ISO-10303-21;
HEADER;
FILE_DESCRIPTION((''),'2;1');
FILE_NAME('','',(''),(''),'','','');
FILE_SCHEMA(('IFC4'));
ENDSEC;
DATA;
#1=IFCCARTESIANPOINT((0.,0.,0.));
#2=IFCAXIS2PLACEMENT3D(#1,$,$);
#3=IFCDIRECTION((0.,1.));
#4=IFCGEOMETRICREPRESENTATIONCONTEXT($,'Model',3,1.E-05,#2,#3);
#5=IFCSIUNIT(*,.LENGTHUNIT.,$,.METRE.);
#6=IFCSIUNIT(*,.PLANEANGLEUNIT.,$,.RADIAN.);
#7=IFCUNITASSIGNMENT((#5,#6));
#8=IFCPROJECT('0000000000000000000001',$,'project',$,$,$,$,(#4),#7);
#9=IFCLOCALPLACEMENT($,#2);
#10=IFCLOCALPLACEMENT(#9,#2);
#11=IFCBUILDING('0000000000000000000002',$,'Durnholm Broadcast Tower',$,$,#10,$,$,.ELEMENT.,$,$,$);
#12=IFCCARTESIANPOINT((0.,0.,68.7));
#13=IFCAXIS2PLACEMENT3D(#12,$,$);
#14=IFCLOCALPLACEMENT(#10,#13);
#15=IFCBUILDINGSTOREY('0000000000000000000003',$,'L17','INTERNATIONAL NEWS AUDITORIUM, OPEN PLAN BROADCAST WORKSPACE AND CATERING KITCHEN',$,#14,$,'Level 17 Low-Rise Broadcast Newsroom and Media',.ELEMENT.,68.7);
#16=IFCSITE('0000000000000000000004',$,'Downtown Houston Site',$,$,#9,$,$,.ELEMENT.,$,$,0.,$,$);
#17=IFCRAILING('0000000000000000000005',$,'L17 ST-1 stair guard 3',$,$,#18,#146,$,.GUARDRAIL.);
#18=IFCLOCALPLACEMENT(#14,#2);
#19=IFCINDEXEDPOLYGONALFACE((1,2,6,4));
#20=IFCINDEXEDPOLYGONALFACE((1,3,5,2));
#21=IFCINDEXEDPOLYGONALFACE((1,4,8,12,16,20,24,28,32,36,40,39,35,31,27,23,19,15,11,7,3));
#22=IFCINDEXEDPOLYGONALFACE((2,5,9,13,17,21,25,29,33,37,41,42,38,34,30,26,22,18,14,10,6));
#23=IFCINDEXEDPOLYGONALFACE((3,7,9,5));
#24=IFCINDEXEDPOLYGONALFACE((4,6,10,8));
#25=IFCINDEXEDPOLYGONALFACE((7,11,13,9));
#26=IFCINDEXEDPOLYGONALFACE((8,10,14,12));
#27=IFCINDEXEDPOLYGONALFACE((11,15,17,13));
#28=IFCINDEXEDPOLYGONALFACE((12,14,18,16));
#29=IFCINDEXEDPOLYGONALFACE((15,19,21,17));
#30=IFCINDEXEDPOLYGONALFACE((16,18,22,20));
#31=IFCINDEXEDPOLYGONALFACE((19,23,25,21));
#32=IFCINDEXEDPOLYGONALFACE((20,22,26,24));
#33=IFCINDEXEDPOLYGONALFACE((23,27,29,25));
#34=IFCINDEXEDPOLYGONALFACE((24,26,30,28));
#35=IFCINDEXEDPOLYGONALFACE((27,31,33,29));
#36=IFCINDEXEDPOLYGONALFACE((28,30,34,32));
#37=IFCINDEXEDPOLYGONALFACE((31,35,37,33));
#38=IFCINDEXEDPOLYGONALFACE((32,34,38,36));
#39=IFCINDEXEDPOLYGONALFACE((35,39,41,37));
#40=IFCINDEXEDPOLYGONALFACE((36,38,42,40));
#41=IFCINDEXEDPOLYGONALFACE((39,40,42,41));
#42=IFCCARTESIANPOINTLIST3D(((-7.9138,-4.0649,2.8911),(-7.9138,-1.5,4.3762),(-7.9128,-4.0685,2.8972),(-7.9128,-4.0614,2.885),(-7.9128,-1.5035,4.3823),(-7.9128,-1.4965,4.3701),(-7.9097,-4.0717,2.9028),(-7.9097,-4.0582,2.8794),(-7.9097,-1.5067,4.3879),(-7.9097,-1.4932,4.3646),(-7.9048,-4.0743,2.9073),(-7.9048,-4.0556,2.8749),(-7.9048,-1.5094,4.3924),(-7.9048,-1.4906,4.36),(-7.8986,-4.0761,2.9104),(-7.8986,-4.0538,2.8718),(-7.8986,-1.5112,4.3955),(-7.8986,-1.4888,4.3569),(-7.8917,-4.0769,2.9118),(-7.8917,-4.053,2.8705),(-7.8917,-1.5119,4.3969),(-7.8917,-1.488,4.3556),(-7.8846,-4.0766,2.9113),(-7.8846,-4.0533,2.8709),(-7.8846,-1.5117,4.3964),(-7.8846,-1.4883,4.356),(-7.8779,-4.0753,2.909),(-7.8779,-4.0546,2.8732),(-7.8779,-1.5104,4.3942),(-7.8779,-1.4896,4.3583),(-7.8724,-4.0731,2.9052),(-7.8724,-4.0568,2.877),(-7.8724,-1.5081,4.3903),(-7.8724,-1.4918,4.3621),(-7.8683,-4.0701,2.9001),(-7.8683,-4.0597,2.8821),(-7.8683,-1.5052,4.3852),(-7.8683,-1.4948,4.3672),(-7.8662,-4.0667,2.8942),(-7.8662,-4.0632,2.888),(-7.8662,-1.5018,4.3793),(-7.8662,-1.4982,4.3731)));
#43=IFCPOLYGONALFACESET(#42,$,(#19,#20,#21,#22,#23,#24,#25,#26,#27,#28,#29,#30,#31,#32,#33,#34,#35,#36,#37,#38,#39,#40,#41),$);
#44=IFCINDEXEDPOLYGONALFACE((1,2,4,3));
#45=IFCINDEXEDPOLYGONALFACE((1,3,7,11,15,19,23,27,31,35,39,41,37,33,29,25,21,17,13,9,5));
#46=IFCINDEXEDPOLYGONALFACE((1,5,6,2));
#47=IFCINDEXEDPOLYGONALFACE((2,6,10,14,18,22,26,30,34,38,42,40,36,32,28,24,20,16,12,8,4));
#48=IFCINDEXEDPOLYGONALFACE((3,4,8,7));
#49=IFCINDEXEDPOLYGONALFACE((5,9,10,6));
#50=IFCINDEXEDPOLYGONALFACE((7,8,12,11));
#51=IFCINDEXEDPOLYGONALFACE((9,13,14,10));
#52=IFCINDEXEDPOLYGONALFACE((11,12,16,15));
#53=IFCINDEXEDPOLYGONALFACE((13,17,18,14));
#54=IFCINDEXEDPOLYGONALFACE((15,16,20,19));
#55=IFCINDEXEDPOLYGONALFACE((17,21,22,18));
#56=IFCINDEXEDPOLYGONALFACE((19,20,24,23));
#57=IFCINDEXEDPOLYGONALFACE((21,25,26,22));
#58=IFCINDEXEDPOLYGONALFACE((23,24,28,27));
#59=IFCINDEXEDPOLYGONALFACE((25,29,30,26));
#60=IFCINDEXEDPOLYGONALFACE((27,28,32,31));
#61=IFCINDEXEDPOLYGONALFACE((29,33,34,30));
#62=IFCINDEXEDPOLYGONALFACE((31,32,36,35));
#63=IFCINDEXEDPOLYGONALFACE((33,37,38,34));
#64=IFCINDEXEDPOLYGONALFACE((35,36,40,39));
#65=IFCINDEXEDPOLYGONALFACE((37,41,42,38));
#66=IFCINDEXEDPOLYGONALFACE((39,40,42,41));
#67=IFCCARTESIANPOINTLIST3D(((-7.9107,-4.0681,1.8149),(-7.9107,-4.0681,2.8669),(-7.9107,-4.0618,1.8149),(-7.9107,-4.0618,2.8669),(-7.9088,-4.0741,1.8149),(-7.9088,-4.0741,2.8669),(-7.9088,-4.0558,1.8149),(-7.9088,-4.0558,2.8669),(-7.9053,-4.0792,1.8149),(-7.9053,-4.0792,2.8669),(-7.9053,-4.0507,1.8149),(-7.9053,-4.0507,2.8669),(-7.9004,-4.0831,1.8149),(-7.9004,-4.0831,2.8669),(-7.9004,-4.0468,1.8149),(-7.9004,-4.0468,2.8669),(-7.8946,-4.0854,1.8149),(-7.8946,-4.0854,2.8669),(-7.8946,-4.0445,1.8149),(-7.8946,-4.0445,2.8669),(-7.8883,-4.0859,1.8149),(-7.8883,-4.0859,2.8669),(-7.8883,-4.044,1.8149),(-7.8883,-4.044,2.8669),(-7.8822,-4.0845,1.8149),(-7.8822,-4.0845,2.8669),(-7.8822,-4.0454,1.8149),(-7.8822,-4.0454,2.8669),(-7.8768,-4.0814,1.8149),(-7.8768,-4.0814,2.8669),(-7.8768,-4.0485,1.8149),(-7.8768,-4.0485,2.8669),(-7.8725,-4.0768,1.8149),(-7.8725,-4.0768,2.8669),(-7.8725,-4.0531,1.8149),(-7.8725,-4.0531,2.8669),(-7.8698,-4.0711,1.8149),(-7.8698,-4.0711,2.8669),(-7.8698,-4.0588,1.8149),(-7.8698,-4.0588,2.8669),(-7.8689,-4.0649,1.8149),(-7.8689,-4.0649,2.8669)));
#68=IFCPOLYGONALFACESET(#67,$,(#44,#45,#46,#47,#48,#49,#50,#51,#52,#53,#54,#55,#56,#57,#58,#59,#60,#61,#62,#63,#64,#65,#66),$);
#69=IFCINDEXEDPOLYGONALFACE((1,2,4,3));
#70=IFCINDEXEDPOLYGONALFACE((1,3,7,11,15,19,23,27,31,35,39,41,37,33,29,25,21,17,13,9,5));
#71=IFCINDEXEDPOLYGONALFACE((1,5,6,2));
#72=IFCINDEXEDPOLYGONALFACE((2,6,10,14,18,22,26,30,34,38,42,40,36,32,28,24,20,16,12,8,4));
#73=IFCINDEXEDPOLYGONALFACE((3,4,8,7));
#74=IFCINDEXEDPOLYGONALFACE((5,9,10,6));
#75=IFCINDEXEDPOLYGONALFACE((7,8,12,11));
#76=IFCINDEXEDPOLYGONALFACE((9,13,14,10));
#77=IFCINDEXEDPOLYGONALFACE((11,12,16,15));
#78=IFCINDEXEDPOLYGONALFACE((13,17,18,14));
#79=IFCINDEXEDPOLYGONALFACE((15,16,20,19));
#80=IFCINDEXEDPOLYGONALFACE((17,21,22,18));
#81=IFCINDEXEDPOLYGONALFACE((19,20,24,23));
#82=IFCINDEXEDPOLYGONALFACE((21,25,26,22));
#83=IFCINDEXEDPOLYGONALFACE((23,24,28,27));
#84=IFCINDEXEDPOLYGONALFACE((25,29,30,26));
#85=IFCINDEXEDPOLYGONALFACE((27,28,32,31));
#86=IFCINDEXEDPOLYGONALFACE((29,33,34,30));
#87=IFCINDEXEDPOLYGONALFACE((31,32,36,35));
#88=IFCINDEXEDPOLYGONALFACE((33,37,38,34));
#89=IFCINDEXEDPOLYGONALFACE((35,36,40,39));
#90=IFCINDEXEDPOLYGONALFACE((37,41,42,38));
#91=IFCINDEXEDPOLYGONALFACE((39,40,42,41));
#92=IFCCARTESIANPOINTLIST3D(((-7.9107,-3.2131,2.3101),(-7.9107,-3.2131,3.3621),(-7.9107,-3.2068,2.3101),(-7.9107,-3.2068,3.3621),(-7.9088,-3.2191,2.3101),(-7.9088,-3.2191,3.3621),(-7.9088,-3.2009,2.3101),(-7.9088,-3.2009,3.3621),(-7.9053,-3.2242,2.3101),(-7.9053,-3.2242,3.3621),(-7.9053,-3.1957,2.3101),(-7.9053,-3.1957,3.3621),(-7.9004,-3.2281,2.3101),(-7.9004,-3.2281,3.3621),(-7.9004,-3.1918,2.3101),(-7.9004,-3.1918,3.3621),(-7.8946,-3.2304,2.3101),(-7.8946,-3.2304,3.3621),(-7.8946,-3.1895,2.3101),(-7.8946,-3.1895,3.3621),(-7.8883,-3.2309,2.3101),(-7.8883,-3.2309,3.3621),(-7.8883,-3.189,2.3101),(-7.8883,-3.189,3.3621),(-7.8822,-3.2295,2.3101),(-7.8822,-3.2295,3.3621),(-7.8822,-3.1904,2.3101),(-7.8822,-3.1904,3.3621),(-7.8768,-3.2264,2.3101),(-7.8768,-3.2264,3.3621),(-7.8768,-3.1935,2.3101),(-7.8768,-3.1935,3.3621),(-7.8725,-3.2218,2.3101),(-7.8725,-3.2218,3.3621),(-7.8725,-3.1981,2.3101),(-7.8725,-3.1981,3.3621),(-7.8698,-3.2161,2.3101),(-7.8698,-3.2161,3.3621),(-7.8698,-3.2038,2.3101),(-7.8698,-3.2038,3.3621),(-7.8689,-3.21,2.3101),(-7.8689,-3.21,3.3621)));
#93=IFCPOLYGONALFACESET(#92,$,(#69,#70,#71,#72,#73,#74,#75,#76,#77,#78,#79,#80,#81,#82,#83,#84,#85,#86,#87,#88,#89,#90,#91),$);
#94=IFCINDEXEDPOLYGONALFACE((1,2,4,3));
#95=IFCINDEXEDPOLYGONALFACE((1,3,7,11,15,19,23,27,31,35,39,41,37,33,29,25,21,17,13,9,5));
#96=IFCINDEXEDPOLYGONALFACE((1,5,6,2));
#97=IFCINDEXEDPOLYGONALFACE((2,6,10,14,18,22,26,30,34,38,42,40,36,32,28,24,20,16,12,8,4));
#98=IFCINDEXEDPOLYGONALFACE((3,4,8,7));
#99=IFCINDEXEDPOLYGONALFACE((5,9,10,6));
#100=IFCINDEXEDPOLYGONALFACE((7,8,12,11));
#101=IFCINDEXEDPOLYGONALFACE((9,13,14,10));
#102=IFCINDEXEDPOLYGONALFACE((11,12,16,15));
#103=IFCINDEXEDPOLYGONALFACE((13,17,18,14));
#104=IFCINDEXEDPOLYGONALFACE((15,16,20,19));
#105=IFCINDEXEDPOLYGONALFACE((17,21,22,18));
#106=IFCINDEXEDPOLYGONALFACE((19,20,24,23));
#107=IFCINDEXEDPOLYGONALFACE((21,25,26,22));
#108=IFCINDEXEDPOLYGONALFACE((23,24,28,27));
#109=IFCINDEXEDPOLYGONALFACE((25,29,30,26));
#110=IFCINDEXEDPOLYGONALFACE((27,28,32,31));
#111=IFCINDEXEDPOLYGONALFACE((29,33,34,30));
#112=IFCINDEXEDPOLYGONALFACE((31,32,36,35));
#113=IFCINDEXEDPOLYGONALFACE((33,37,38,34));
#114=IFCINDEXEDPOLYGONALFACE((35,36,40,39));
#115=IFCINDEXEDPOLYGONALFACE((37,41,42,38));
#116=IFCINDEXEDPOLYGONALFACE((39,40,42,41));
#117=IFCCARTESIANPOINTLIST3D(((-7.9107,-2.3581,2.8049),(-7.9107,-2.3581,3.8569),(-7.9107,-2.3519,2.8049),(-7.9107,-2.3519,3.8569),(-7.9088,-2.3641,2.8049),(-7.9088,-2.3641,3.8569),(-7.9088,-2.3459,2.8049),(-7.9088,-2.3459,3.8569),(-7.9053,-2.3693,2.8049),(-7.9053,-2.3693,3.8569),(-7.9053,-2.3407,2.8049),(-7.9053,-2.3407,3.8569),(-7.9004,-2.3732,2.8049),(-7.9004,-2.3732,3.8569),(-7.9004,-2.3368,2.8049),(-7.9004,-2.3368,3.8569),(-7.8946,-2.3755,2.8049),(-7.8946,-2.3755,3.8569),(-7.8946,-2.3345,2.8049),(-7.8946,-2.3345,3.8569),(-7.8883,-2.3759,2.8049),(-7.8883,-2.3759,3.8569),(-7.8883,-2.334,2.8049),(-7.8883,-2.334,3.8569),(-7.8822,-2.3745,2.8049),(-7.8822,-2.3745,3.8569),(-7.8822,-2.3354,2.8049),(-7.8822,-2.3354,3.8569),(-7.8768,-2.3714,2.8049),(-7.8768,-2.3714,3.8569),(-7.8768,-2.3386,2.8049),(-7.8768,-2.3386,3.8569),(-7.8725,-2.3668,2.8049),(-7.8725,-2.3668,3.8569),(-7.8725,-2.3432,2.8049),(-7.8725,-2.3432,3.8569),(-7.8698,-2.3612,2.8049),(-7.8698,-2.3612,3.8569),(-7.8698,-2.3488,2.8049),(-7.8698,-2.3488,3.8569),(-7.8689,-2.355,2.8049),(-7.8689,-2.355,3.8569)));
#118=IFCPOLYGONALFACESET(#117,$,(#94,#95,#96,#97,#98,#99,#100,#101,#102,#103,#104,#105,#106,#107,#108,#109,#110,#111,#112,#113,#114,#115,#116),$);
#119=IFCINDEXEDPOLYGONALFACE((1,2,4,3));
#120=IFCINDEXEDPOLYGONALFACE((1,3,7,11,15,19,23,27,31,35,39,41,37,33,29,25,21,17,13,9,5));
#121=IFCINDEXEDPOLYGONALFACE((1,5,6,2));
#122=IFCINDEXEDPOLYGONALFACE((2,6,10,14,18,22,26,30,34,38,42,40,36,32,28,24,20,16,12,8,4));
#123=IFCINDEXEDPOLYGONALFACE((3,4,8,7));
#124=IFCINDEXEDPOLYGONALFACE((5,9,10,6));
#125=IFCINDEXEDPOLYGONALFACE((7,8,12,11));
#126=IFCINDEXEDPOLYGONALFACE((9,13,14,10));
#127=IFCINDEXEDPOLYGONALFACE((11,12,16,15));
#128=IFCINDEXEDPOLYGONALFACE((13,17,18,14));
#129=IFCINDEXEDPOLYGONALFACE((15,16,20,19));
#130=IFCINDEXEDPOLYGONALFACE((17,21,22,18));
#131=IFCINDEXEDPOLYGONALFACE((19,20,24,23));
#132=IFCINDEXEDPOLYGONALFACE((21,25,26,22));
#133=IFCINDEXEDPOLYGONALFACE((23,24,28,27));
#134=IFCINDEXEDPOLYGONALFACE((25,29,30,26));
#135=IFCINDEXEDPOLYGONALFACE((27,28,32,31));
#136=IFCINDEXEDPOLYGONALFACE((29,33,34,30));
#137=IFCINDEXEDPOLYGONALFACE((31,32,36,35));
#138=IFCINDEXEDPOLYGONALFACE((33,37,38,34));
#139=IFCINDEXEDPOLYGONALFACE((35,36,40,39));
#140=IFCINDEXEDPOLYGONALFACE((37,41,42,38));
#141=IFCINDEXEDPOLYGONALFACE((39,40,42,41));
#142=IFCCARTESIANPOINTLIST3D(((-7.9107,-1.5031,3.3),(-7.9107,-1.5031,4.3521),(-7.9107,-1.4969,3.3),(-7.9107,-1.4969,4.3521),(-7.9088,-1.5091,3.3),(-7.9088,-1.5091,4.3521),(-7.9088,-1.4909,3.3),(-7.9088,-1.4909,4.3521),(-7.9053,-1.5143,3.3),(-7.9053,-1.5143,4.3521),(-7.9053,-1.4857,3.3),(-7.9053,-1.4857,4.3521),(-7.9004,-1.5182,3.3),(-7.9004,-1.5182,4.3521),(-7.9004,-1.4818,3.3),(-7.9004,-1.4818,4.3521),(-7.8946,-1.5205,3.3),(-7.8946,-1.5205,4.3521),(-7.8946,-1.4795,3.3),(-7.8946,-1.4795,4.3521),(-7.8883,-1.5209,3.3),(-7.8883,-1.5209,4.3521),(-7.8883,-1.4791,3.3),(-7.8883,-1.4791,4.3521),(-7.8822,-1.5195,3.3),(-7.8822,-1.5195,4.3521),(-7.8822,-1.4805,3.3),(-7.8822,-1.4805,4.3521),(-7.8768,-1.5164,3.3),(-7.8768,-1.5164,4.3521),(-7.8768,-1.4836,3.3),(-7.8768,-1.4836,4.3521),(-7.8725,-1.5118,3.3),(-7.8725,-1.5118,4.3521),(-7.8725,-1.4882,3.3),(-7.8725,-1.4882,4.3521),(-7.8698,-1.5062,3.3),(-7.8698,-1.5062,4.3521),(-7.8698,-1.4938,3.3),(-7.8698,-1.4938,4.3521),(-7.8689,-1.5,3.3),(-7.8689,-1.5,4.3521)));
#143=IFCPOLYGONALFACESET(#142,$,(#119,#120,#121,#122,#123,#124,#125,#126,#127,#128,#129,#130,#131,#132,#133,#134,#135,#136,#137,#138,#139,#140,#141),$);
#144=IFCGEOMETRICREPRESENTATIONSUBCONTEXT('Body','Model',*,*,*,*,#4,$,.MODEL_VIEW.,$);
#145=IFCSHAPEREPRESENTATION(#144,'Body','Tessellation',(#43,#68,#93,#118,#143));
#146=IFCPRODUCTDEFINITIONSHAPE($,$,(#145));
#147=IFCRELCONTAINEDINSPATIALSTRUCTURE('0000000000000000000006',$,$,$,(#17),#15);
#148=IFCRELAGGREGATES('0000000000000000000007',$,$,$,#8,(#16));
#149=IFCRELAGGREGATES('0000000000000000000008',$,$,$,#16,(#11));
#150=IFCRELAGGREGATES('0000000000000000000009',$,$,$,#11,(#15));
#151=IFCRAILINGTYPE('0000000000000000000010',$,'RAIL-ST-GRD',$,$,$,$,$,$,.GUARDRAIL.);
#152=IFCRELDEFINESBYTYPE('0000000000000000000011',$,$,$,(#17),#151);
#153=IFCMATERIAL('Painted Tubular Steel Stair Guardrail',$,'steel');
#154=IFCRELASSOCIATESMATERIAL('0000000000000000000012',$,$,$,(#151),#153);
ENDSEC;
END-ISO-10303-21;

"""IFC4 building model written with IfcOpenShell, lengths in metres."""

from ifc_helpers import new_model, si_unit, direction, frame, origin, origin_2d, place, context, subcontext, project, spatial, circle, extrude, material, type_object, element, save


model = new_model("IFC4")

# Units and contexts
model_context = context("Model", 3, precision=1e-05, world=origin(), true_north=direction((0.0, 1.0)))
body_context = subcontext(model_context, "Body", "Model", "MODEL_VIEW")
ifc_project = project(units=[si_unit("LENGTHUNIT", "METRE"), si_unit("PLANEANGLEUNIT", "RADIAN")], contexts=[model_context])

# Site, building, storey
site_placement = place(None, origin())
site = spatial("IfcSite", under=ifc_project, at=site_placement, Name="Downtown Houston Site", CompositionType="ELEMENT", RefElevation=0.0)
building_placement = place(site_placement, origin())
building = spatial("IfcBuilding", under=site, at=building_placement, Name="Durnholm Broadcast Tower", CompositionType="ELEMENT")
storey_placement = place(building_placement, frame((0.0, 0.0, 68.7)))
storey = spatial("IfcBuildingStorey", under=building, at=storey_placement, Name="L17", Description="INTERNATIONAL NEWS AUDITORIUM, OPEN PLAN BROADCAST WORKSPACE AND CATERING KITCHEN", LongName="Level 17 Low-Rise Broadcast Newsroom and Media", CompositionType="ELEMENT", Elevation=68.7)

# Railing
ifc_material_1 = material(Name="Painted Tubular Steel Stair Guardrail", Category="steel")
railing_type_1 = type_object("IfcRailingType", Name="RAIL-ST-GRD", PredefinedType="GUARDRAIL", material=ifc_material_1)
railing_1_placement = place(storey_placement, frame((-7.8899, -4.0649, 1.8149)))
element("IfcRailing", 1, at=railing_1_placement, inside=storey, type_object=railing_type_1, Name="L17 ST-1 stair guard 3", PredefinedType="GUARDRAIL", context=body_context, shape_type="SweptSolid", body=[
    extrude(circle(Radius=0.0239, at=origin_2d()), frame((0.0, 0.0, 1.0762), z_axis=(0.0, 0.865406, 0.501072), x_axis=(-1.0, 0.0, 0.0)), (0.0, 0.0, 1.0), 2.9639),
    extrude(circle(Radius=0.021, at=origin_2d()), origin(), (0.0, 0.0, 1.0), 1.052),
    extrude(circle(Radius=0.021, at=origin_2d()), frame((0.0, 0.855, 0.4951)), (0.0, 0.0, 1.0), 1.052),
    extrude(circle(Radius=0.021, at=origin_2d()), frame((0.0, 1.71, 0.99)), (0.0, 0.0, 1.0), 1.052),
    extrude(circle(Radius=0.021, at=origin_2d()), frame((0.0, 2.5649, 1.4851)), (0.0, 0.0, 1.0), 1.052),
])

save(model, "model.ifc")
